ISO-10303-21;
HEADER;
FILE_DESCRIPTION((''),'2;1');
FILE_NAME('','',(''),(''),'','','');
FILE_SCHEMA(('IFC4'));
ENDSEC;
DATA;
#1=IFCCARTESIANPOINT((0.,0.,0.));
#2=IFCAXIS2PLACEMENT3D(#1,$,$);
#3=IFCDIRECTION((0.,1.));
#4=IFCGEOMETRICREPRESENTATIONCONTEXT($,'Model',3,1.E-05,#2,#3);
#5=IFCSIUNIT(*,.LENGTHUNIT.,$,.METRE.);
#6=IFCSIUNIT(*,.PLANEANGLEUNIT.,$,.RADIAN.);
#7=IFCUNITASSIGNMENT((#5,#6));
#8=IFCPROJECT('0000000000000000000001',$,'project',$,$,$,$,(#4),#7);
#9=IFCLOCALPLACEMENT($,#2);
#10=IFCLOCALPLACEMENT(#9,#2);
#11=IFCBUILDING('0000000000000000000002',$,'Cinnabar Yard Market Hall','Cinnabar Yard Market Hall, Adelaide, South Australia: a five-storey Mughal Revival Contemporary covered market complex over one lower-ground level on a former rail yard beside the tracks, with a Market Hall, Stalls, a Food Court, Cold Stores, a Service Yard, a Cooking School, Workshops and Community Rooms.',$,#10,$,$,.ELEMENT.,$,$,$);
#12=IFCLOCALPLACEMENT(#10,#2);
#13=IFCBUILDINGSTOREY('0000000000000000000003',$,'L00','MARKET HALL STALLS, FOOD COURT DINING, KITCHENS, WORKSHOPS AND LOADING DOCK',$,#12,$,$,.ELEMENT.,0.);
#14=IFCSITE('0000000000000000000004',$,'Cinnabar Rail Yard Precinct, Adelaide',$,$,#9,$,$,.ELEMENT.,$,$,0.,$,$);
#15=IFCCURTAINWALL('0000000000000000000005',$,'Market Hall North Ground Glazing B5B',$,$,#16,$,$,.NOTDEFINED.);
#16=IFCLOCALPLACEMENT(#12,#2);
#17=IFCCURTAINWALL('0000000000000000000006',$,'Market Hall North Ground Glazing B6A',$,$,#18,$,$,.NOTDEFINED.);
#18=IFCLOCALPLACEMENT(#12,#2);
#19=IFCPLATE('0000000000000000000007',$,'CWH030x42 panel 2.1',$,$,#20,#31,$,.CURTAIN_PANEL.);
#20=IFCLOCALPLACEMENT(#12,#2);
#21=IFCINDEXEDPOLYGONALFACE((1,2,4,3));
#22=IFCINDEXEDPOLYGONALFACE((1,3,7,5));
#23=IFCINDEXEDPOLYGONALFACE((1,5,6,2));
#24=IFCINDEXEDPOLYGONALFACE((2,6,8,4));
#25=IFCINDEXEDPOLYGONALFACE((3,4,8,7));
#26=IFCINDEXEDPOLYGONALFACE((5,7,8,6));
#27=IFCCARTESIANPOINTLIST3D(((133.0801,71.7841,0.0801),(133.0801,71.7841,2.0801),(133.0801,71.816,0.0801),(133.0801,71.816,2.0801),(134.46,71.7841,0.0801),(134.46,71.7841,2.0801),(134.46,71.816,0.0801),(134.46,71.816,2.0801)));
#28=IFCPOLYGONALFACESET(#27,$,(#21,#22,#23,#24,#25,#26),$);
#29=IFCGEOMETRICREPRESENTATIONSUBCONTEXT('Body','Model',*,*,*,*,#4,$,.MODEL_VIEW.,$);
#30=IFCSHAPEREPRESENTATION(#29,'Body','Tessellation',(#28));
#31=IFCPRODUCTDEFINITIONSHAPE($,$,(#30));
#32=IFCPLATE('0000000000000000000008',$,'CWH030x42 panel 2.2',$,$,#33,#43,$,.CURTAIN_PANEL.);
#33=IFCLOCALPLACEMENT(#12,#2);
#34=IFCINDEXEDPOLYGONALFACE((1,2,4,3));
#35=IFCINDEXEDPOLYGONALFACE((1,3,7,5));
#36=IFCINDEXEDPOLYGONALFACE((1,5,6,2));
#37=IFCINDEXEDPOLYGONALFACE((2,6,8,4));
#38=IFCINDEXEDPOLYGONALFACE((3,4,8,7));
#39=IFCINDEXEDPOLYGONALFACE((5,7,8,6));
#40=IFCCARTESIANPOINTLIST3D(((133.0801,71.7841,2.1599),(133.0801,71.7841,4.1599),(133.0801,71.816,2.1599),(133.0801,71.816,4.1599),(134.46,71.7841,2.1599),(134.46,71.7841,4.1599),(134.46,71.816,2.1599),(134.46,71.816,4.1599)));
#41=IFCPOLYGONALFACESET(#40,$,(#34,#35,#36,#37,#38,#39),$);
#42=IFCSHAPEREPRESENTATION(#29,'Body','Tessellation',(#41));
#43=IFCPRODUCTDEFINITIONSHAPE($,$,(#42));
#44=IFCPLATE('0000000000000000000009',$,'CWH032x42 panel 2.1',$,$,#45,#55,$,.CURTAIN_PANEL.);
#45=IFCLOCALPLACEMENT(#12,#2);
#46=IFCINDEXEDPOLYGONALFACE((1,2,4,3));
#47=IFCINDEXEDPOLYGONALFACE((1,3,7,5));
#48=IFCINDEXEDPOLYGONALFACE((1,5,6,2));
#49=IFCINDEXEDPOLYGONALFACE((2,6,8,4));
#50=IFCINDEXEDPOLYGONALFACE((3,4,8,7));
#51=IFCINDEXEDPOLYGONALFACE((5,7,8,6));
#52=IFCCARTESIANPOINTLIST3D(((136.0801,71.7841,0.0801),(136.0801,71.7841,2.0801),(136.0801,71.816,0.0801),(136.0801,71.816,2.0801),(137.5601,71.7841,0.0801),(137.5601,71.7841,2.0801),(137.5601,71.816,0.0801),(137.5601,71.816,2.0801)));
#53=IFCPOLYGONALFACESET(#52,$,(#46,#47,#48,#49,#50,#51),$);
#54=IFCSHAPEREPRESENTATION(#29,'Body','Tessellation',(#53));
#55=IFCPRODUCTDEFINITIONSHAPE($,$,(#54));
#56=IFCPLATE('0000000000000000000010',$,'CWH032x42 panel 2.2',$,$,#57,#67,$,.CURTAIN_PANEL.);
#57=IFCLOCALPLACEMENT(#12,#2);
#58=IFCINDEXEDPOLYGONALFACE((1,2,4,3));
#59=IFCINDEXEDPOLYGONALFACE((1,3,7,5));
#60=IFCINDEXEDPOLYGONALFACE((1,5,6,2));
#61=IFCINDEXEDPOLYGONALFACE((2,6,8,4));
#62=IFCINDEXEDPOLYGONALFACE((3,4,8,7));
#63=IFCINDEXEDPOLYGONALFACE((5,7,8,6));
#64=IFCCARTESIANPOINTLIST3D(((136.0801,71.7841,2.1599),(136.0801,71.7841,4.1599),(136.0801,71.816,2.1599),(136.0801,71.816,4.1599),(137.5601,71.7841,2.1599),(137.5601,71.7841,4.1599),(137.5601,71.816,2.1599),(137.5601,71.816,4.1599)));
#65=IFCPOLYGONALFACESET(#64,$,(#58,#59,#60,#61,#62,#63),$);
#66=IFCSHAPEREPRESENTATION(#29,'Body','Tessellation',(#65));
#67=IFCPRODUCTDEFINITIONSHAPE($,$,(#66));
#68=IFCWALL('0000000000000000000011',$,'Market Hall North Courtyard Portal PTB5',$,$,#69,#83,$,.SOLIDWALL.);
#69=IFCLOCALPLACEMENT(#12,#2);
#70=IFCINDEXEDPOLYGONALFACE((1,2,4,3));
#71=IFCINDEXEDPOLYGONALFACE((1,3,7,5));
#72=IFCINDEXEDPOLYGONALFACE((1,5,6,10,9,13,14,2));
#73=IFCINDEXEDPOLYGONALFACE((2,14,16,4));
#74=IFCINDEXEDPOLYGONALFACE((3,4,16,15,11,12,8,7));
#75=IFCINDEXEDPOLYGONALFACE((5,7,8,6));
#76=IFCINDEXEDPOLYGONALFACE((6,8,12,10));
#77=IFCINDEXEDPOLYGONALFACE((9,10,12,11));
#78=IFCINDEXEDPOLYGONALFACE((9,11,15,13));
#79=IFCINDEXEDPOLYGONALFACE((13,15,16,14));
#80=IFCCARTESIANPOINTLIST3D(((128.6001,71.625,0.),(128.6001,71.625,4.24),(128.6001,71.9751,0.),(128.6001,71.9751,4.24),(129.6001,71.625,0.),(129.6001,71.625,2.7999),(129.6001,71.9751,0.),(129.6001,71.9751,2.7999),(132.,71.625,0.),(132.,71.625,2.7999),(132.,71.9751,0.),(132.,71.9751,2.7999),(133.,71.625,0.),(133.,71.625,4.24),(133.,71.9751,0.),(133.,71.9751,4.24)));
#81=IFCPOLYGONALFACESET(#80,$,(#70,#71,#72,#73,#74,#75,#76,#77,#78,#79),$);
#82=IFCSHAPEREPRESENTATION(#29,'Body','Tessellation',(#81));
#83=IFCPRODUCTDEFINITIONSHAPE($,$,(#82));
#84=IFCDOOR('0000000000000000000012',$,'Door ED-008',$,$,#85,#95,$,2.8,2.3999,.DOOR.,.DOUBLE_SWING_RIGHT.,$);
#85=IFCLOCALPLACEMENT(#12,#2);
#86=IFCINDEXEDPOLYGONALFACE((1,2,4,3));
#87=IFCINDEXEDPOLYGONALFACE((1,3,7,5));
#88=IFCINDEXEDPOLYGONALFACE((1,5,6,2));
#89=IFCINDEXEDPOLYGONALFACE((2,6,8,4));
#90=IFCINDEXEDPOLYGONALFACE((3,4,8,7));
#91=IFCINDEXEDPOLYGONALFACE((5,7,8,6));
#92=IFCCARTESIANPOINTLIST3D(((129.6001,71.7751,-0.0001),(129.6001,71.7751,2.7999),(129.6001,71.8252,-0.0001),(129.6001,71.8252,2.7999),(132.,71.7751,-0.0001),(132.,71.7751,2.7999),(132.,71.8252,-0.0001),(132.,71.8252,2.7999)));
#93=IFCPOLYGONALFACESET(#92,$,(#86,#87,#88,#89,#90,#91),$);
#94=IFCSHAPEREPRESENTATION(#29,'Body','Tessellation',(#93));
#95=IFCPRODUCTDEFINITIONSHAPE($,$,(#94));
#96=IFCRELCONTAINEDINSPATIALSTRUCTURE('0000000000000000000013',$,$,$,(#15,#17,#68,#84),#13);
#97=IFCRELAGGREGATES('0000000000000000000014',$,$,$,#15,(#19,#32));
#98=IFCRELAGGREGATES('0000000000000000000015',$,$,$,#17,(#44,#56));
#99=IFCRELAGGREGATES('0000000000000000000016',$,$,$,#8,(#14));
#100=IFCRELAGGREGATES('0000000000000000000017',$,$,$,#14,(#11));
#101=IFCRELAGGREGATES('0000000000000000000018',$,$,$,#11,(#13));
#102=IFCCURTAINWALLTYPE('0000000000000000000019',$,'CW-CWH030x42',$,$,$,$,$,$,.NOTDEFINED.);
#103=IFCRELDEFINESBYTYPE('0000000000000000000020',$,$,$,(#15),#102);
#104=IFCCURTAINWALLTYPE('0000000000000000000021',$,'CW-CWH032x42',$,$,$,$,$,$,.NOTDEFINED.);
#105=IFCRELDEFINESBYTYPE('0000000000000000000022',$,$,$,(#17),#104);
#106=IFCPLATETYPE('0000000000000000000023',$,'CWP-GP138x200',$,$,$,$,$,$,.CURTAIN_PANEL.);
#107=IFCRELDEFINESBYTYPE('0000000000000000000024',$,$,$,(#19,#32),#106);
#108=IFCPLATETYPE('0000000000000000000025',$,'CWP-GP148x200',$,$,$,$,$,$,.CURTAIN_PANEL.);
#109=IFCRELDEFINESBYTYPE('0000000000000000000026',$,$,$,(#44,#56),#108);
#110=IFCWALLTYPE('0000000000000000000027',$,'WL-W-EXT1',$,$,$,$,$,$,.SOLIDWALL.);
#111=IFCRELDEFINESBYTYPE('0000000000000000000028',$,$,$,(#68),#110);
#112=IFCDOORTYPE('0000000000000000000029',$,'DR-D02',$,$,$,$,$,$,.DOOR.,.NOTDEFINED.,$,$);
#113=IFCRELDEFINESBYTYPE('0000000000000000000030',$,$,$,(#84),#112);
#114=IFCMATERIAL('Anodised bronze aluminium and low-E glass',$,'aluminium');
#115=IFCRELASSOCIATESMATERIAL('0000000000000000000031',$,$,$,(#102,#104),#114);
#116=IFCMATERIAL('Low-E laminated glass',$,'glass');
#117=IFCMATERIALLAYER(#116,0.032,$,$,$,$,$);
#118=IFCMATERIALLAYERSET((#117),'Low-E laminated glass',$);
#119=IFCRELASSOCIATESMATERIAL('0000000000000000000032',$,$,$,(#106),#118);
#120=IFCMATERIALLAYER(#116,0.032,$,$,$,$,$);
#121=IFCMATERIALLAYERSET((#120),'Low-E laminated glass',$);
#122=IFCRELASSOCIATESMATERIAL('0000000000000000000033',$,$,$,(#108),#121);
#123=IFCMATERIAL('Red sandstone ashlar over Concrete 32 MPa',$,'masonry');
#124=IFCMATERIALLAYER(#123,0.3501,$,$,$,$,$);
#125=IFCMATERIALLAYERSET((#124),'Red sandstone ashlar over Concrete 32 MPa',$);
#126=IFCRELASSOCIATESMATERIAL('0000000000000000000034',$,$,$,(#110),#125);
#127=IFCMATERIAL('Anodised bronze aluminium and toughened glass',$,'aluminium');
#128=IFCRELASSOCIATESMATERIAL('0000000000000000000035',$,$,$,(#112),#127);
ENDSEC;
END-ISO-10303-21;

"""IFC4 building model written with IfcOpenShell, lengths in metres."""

from ifc_helpers import new_model, si_unit, direction, frame, frame_2d, origin, origin_2d_with_axis, place, context, subcontext, project, spatial, rectangle, extrude, material, layer, layer_set, type_object, element, fill, aggregate, save


model = new_model("IFC4")

# Units and contexts
model_context = context("Model", 3, precision=1e-05, world=origin(), true_north=direction((0.0, 1.0)))
body_context = subcontext(model_context, "Body", "Model", "MODEL_VIEW")
ifc_project = project(units=[si_unit("LENGTHUNIT", "METRE"), si_unit("PLANEANGLEUNIT", "RADIAN")], contexts=[model_context])

# Site, building, storey
site_placement = place(None, origin())
site = spatial("IfcSite", under=ifc_project, at=site_placement, Name="Cinnabar Rail Yard Precinct, Adelaide", CompositionType="ELEMENT", RefElevation=0.0)
building_placement = place(site_placement, origin())
building = spatial("IfcBuilding", under=site, at=building_placement, Name="Cinnabar Yard Market Hall", Description="Cinnabar Yard Market Hall, Adelaide, South Australia: a five-storey Mughal Revival Contemporary covered market complex over one lower-ground level on a former rail yard beside the tracks, with a Market Hall, Stalls, a Food Court, Cold Stores, a Service Yard, a Cooking School, Workshops and Community Rooms.", CompositionType="ELEMENT")
storey_placement = place(building_placement, origin())
storey = spatial("IfcBuildingStorey", under=building, at=storey_placement, Name="L00", Description="MARKET HALL STALLS, FOOD COURT DINING, KITCHENS, WORKSHOPS AND LOADING DOCK", CompositionType="ELEMENT", Elevation=0.0)

# Shared definitions
ifc_material_1 = material(Name="Anodised bronze aluminium and low-E glass", Category="aluminium")

# Curtain wall
curtain_wall_type_1 = type_object("IfcCurtainWallType", Name="CW-CWH030x42", PredefinedType="NOTDEFINED", material=ifc_material_1)
curtain_wall_1_placement = place(storey_placement, origin())
curtain_wall_1 = element("IfcCurtainWall", 1, at=curtain_wall_1_placement, inside=storey, type_object=curtain_wall_type_1, Name="Market Hall North Ground Glazing B5B", PredefinedType="NOTDEFINED")

# Curtain wall
curtain_wall_type_2 = type_object("IfcCurtainWallType", Name="CW-CWH032x42", PredefinedType="NOTDEFINED", material=ifc_material_1)
curtain_wall_2_placement = place(storey_placement, origin())
curtain_wall_2 = element("IfcCurtainWall", 2, at=curtain_wall_2_placement, inside=storey, type_object=curtain_wall_type_2, Name="Market Hall North Ground Glazing B6A", PredefinedType="NOTDEFINED")

# Plates
ifc_material_2 = material(Name="Low-E laminated glass", Category="glass")
ifc_layer_1 = layer(ifc_material_2, 0.032)
ifc_layer_set_1 = layer_set([ifc_layer_1], Name="Low-E laminated glass")
plate_type_1 = type_object("IfcPlateType", Name="CWP-GP138x200", PredefinedType="CURTAIN_PANEL", material=ifc_layer_set_1)
plate_1_placement = place(storey_placement, frame((133.77, 71.8, 0.0801), z_axis=(0.0, 0.0, 1.0), x_axis=(-1.0, 0.0, 0.0)))
plate_1 = element("IfcPlate", 3, at=plate_1_placement, type_object=plate_type_1, Name="CWH030x42 panel 2.1", PredefinedType="CURTAIN_PANEL", context=body_context, shape_type="SweptSolid", body=[
    extrude(rectangle(XDim=1.3799, YDim=0.032, at=origin_2d_with_axis()), origin(), (0.0, 0.0, 1.0), 2.0),
])
plate_2_placement = place(storey_placement, frame((133.77, 71.8, 2.1599), z_axis=(0.0, 0.0, 1.0), x_axis=(-1.0, 0.0, 0.0)))
plate_2 = element("IfcPlate", 4, at=plate_2_placement, type_object=plate_type_1, Name="CWH030x42 panel 2.2", PredefinedType="CURTAIN_PANEL", context=body_context, shape_type="SweptSolid", body=[
    extrude(rectangle(XDim=1.3799, YDim=0.032, at=origin_2d_with_axis()), origin(), (0.0, 0.0, 1.0), 2.0),
])
aggregate(curtain_wall_1, [plate_1, plate_2])
ifc_layer_2 = layer(ifc_material_2, 0.032)
ifc_layer_set_2 = layer_set([ifc_layer_2], Name="Low-E laminated glass")
plate_type_2 = type_object("IfcPlateType", Name="CWP-GP148x200", PredefinedType="CURTAIN_PANEL", material=ifc_layer_set_2)
plate_3_placement = place(storey_placement, frame((136.8201, 71.8, 0.0801), z_axis=(0.0, 0.0, 1.0), x_axis=(-1.0, 0.0, 0.0)))
plate_3 = element("IfcPlate", 5, at=plate_3_placement, type_object=plate_type_2, Name="CWH032x42 panel 2.1", PredefinedType="CURTAIN_PANEL", context=body_context, shape_type="SweptSolid", body=[
    extrude(rectangle(XDim=1.48, YDim=0.032, at=origin_2d_with_axis()), origin(), (0.0, 0.0, 1.0), 2.0),
])
plate_4_placement = place(storey_placement, frame((136.8201, 71.8, 2.1599), z_axis=(0.0, 0.0, 1.0), x_axis=(-1.0, 0.0, 0.0)))
plate_4 = element("IfcPlate", 6, at=plate_4_placement, type_object=plate_type_2, Name="CWH032x42 panel 2.2", PredefinedType="CURTAIN_PANEL", context=body_context, shape_type="SweptSolid", body=[
    extrude(rectangle(XDim=1.48, YDim=0.032, at=origin_2d_with_axis()), origin(), (0.0, 0.0, 1.0), 2.0),
])
aggregate(curtain_wall_2, [plate_3, plate_4])

# Wall, opening, door
ifc_material_3 = material(Name="Red sandstone ashlar over Concrete 32 MPa", Category="masonry")
ifc_layer_3 = layer(ifc_material_3, 0.3501)
ifc_layer_set_3 = layer_set([ifc_layer_3], Name="Red sandstone ashlar over Concrete 32 MPa")
wall_type = type_object("IfcWallType", Name="WL-W-EXT1", PredefinedType="SOLIDWALL", material=ifc_layer_set_3)
wall_placement = place(storey_placement, frame((133.0, 71.8, 0.0), z_axis=(0.0, 0.0, 1.0), x_axis=(-1.0, 0.0, 0.0)))
wall = element("IfcWall", 7, at=wall_placement, inside=storey, type_object=wall_type, Name="Market Hall North Courtyard Portal PTB5", PredefinedType="SOLIDWALL", context=body_context, shape_type="SweptSolid", body=[
    extrude(rectangle(XDim=4.3999, YDim=0.3501, at=frame_2d((2.2, 0.0), x_axis=(1.0, 0.0))), origin(), (0.0, 0.0, 1.0), 4.24),
])
opening_placement = place(wall_placement, frame((1.0, 0.0, 0.0)))
opening = element("IfcOpeningElement", 8, at=opening_placement, cuts=wall, PredefinedType="OPENING", context=body_context, shape_type="SweptSolid", body=[
    extrude(rectangle(XDim=2.3999, YDim=2.8, at=frame_2d((1.2, 1.3999), x_axis=(1.0, 0.0))), frame((0.0, 0.1851, 0.0), z_axis=(0.0, -1.0, 0.0), x_axis=(1.0, 0.0, 0.0)), (0.0, 0.0, 1.0), 0.3701),
])
ifc_material_4 = material(Name="Anodised bronze aluminium and toughened glass", Category="aluminium")
door_type = type_object("IfcDoorType", Name="DR-D02", OperationType="NOTDEFINED", PredefinedType="DOOR", material=ifc_material_4)
door_placement = place(opening_placement, origin())
door = element("IfcDoor", 9, at=door_placement, inside=storey, type_object=door_type, Name="Door ED-008", OperationType="DOUBLE_SWING_RIGHT", OverallHeight=2.8, OverallWidth=2.3999, PredefinedType="DOOR", context=body_context, shape_type="SweptSolid", body=[
    extrude(rectangle(XDim=2.3999, YDim=2.8, at=frame_2d((1.2, 1.3999), x_axis=(1.0, 0.0))), frame((0.0, 0.0249, 0.0), z_axis=(0.0, -1.0, 0.0), x_axis=(1.0, 0.0, 0.0)), (0.0, 0.0, 1.0), 0.05),
])
fill(opening, door)

save(model, "model.ifc")
